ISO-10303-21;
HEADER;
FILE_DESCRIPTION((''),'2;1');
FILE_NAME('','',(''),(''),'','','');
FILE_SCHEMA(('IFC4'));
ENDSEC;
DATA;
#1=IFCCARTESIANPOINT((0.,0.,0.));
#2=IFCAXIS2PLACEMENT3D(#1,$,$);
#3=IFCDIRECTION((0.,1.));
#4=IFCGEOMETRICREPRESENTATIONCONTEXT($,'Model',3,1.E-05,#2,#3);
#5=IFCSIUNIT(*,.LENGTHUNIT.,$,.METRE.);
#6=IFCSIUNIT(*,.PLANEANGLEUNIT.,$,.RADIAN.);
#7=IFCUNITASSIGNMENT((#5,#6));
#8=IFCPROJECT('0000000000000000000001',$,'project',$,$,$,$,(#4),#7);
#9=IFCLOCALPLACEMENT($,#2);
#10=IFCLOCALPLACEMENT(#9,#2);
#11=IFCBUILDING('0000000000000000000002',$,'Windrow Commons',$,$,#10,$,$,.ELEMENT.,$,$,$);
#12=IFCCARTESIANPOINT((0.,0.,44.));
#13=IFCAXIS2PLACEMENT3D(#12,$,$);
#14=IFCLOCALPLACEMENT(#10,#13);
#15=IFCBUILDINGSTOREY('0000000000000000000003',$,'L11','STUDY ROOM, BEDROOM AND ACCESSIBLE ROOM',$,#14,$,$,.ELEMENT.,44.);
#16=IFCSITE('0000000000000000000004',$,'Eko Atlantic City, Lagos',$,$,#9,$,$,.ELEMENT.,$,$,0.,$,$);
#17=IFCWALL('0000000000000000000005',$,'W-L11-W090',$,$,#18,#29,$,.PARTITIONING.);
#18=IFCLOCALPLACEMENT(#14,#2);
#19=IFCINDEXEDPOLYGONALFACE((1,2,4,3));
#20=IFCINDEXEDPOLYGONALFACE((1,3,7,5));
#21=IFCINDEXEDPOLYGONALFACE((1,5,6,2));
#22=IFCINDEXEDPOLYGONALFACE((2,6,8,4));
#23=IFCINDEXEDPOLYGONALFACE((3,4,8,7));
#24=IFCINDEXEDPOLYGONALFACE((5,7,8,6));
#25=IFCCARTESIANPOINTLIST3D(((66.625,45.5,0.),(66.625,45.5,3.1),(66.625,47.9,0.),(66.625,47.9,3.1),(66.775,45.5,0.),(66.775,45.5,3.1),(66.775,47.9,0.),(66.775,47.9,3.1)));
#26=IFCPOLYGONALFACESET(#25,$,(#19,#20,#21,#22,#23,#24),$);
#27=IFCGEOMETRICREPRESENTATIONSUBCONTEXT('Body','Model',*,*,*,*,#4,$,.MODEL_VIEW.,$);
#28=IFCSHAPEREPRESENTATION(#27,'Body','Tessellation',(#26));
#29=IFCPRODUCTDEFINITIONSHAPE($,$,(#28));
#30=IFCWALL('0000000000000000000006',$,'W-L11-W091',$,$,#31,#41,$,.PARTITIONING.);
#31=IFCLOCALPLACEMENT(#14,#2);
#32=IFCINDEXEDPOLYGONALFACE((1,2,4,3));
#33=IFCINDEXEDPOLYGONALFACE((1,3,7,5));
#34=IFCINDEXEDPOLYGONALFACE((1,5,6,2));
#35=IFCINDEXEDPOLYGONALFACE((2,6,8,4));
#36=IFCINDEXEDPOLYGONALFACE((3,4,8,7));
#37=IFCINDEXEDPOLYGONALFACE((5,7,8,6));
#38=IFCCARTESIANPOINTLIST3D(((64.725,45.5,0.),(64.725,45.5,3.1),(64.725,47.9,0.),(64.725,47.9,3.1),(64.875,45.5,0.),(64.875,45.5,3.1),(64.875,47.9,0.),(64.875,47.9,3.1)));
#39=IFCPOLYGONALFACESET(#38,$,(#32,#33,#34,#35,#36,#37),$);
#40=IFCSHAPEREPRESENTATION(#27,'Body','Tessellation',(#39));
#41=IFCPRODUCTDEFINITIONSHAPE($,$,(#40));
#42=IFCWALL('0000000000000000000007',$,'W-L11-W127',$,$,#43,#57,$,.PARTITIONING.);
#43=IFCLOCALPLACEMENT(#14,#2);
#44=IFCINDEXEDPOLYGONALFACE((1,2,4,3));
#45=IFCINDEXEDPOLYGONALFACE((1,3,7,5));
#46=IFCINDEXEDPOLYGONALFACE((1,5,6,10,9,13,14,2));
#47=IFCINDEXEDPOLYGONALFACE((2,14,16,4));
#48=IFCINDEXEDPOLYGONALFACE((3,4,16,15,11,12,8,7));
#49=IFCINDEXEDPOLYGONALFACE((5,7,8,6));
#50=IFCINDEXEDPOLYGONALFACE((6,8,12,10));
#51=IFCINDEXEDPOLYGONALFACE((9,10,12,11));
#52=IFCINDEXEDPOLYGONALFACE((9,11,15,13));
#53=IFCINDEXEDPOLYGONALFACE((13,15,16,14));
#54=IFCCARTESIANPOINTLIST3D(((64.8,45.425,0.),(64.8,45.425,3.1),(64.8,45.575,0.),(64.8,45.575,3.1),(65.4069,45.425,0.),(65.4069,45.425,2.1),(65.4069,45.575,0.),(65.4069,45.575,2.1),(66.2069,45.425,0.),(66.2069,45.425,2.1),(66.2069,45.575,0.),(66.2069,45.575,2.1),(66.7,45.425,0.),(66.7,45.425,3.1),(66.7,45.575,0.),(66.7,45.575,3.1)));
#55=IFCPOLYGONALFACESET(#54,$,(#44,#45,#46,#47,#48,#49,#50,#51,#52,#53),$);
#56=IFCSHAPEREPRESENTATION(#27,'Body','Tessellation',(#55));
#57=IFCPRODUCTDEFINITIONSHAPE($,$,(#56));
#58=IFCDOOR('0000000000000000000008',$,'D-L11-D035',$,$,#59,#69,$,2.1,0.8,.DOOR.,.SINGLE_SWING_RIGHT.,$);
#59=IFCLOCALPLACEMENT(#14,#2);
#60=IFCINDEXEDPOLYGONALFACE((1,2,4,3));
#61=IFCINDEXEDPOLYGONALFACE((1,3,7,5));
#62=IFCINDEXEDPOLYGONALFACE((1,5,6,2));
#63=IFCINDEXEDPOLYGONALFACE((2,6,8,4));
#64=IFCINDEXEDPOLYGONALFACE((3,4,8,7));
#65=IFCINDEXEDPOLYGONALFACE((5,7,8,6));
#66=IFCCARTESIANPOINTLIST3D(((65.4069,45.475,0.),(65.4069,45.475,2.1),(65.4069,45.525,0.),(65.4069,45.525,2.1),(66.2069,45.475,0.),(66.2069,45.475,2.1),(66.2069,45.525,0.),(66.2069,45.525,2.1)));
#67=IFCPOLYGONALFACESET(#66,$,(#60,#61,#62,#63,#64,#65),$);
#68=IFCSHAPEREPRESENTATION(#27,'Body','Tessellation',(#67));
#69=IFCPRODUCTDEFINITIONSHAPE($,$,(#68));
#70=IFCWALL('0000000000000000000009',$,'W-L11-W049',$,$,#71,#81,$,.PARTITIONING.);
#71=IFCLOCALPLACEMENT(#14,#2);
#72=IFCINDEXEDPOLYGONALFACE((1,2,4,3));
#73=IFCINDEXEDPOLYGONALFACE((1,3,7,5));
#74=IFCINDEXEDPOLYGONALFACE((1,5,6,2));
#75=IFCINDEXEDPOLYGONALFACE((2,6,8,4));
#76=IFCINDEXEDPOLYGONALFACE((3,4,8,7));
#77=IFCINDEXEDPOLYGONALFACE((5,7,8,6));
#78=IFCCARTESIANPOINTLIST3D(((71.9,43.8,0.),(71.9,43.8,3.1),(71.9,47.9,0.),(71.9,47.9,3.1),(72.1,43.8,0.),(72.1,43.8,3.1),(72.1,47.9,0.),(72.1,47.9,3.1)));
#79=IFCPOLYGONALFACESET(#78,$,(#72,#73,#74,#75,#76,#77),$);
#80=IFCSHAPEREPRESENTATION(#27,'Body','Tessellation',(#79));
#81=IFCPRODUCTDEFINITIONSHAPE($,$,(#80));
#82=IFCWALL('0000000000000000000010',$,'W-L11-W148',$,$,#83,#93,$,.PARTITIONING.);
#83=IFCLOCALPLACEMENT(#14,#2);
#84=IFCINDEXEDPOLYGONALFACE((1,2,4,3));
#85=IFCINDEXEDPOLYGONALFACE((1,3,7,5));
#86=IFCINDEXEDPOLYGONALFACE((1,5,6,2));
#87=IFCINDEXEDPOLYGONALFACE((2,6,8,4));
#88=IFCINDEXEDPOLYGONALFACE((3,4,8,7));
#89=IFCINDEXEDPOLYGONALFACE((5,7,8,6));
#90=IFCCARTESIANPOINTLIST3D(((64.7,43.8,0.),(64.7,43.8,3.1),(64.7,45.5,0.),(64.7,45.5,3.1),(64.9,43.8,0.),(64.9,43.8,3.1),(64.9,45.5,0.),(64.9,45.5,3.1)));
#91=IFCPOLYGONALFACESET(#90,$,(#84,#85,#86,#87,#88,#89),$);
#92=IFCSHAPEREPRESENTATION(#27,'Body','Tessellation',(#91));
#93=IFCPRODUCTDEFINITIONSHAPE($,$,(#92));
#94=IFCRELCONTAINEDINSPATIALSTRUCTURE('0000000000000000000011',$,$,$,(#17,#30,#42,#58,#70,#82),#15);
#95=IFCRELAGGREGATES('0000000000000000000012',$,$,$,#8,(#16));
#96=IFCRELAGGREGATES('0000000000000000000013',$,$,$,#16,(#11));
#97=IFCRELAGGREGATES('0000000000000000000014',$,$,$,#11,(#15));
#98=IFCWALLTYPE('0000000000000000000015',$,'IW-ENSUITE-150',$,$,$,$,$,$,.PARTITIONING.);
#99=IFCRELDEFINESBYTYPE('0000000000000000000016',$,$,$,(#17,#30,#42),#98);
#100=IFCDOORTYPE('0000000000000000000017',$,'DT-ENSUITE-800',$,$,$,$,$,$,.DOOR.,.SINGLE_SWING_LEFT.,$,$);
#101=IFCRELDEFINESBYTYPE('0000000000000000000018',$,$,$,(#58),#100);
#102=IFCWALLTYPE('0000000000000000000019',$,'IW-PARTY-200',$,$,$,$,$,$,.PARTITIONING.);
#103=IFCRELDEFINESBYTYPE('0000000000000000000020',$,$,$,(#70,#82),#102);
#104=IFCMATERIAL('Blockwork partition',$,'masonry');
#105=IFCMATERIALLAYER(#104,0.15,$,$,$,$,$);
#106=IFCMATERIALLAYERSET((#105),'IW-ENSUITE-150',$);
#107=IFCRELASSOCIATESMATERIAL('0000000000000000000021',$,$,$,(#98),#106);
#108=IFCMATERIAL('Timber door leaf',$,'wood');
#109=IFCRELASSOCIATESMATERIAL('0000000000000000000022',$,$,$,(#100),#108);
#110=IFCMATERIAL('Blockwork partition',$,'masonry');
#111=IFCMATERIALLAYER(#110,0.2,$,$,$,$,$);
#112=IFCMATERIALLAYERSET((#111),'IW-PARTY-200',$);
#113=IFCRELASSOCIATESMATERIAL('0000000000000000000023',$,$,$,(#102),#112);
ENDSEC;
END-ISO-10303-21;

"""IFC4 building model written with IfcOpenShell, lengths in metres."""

from ifc_helpers import new_model, si_unit, direction, frame, frame_2d, origin, place, context, subcontext, project, spatial, rectangle, extrude, material, layer, layer_set, type_object, element, fill, save


model = new_model("IFC4")

# Units and contexts
model_context = context("Model", 3, precision=1e-05, world=origin(), true_north=direction((0.0, 1.0)))
body_context = subcontext(model_context, "Body", "Model", "MODEL_VIEW")
ifc_project = project(units=[si_unit("LENGTHUNIT", "METRE"), si_unit("PLANEANGLEUNIT", "RADIAN")], contexts=[model_context])

# Site, building, storey
site_placement = place(None, origin())
site = spatial("IfcSite", under=ifc_project, at=site_placement, Name="Eko Atlantic City, Lagos", CompositionType="ELEMENT", RefElevation=0.0)
building_placement = place(site_placement, origin())
building = spatial("IfcBuilding", under=site, at=building_placement, Name="Windrow Commons", CompositionType="ELEMENT")
storey_placement = place(building_placement, frame((0.0, 0.0, 44.0)))
storey = spatial("IfcBuildingStorey", under=building, at=storey_placement, Name="L11", Description="STUDY ROOM, BEDROOM AND ACCESSIBLE ROOM", CompositionType="ELEMENT", Elevation=44.0)

# Walls
ifc_material_1 = material(Name="Blockwork partition", Category="masonry")
ifc_layer_1 = layer(ifc_material_1, 0.15)
ifc_layer_set_1 = layer_set([ifc_layer_1], Name="IW-ENSUITE-150")
wall_type_1 = type_object("IfcWallType", Name="IW-ENSUITE-150", PredefinedType="PARTITIONING", material=ifc_layer_set_1)
for number, where, z_axis, x_axis, name in (
    (1, (66.7, 45.5, 0.0), (0.0, 0.0, 1.0), (0.0, 1.0, 0.0), "W-L11-W090"),
    (2, (64.8, 45.5, 0.0), (0.0, 0.0, 1.0), (0.0, 1.0, 0.0), "W-L11-W091"),
):
    element("IfcWall", number, at=place(storey_placement, frame(where, z_axis=z_axis, x_axis=x_axis)), inside=storey, type_object=wall_type_1, Name=name, PredefinedType="PARTITIONING", context=body_context, shape_type="SweptSolid", body=[
        extrude(rectangle(XDim=2.4, YDim=0.15, at=frame_2d((1.2, 0.0))), origin(), (0.0, 0.0, 1.0), 3.1),
    ])

# Wall, opening, door
wall_1_placement = place(storey_placement, frame((64.8, 45.5, 0.0), z_axis=(0.0, 0.0, 1.0), x_axis=(1.0, 0.0, 0.0)))
wall_1 = element("IfcWall", 3, at=wall_1_placement, inside=storey, type_object=wall_type_1, Name="W-L11-W127", PredefinedType="PARTITIONING", context=body_context, shape_type="SweptSolid", body=[
    extrude(rectangle(XDim=1.9, YDim=0.15, at=frame_2d((0.95, 0.0))), origin(), (0.0, 0.0, 1.0), 3.1),
])
opening_1_placement = place(wall_1_placement, frame((0.6069, 0.0, 0.0)))
opening_1 = element("IfcOpeningElement", 4, at=opening_1_placement, cuts=wall_1, PredefinedType="OPENING", context=body_context, shape_type="SweptSolid", body=[
    extrude(rectangle(XDim=0.8, YDim=2.1, at=frame_2d((0.4, 1.05))), frame((0.0, 0.085, 0.0), z_axis=(0.0, -1.0, 0.0), x_axis=(1.0, 0.0, 0.0)), (0.0, 0.0, 1.0), 0.17),
])
ifc_material_2 = material(Name="Timber door leaf", Category="wood")
door_type = type_object("IfcDoorType", Name="DT-ENSUITE-800", OperationType="SINGLE_SWING_LEFT", PredefinedType="DOOR", material=ifc_material_2)
door_placement = place(opening_1_placement, origin())
door = element("IfcDoor", 5, at=door_placement, inside=storey, type_object=door_type, Name="D-L11-D035", OperationType="SINGLE_SWING_RIGHT", OverallHeight=2.1, OverallWidth=0.8, PredefinedType="DOOR", context=body_context, shape_type="SweptSolid", body=[
    extrude(rectangle(XDim=0.8, YDim=2.1, at=frame_2d((0.4, 1.05))), frame((0.0, 0.025, 0.0), z_axis=(0.0, -1.0, 0.0), x_axis=(1.0, 0.0, 0.0)), (0.0, 0.0, 1.0), 0.05),
])
fill(opening_1, door)

# Walls
ifc_material_3 = material(Name="Blockwork partition", Category="masonry")
ifc_layer_2 = layer(ifc_material_3, 0.2)
ifc_layer_set_2 = layer_set([ifc_layer_2], Name="IW-PARTY-200")
wall_type_2 = type_object("IfcWallType", Name="IW-PARTY-200", PredefinedType="PARTITIONING", material=ifc_layer_set_2)
wall_2_placement = place(storey_placement, frame((72.0, 43.8, 0.0), z_axis=(0.0, 0.0, 1.0), x_axis=(0.0, 1.0, 0.0)))
element("IfcWall", 6, at=wall_2_placement, inside=storey, type_object=wall_type_2, Name="W-L11-W049", PredefinedType="PARTITIONING", context=body_context, shape_type="SweptSolid", body=[
    extrude(rectangle(XDim=4.1, YDim=0.2, at=frame_2d((2.05, 0.0))), origin(), (0.0, 0.0, 1.0), 3.1),
])
wall_3_placement = place(storey_placement, frame((64.8, 43.8, 0.0), z_axis=(0.0, 0.0, 1.0), x_axis=(0.0, 1.0, 0.0)))
element("IfcWall", 7, at=wall_3_placement, inside=storey, type_object=wall_type_2, Name="W-L11-W148", PredefinedType="PARTITIONING", context=body_context, shape_type="SweptSolid", body=[
    extrude(rectangle(XDim=1.7, YDim=0.2, at=frame_2d((0.85, 0.0))), origin(), (0.0, 0.0, 1.0), 3.1),
])

save(model, "model.ifc")
